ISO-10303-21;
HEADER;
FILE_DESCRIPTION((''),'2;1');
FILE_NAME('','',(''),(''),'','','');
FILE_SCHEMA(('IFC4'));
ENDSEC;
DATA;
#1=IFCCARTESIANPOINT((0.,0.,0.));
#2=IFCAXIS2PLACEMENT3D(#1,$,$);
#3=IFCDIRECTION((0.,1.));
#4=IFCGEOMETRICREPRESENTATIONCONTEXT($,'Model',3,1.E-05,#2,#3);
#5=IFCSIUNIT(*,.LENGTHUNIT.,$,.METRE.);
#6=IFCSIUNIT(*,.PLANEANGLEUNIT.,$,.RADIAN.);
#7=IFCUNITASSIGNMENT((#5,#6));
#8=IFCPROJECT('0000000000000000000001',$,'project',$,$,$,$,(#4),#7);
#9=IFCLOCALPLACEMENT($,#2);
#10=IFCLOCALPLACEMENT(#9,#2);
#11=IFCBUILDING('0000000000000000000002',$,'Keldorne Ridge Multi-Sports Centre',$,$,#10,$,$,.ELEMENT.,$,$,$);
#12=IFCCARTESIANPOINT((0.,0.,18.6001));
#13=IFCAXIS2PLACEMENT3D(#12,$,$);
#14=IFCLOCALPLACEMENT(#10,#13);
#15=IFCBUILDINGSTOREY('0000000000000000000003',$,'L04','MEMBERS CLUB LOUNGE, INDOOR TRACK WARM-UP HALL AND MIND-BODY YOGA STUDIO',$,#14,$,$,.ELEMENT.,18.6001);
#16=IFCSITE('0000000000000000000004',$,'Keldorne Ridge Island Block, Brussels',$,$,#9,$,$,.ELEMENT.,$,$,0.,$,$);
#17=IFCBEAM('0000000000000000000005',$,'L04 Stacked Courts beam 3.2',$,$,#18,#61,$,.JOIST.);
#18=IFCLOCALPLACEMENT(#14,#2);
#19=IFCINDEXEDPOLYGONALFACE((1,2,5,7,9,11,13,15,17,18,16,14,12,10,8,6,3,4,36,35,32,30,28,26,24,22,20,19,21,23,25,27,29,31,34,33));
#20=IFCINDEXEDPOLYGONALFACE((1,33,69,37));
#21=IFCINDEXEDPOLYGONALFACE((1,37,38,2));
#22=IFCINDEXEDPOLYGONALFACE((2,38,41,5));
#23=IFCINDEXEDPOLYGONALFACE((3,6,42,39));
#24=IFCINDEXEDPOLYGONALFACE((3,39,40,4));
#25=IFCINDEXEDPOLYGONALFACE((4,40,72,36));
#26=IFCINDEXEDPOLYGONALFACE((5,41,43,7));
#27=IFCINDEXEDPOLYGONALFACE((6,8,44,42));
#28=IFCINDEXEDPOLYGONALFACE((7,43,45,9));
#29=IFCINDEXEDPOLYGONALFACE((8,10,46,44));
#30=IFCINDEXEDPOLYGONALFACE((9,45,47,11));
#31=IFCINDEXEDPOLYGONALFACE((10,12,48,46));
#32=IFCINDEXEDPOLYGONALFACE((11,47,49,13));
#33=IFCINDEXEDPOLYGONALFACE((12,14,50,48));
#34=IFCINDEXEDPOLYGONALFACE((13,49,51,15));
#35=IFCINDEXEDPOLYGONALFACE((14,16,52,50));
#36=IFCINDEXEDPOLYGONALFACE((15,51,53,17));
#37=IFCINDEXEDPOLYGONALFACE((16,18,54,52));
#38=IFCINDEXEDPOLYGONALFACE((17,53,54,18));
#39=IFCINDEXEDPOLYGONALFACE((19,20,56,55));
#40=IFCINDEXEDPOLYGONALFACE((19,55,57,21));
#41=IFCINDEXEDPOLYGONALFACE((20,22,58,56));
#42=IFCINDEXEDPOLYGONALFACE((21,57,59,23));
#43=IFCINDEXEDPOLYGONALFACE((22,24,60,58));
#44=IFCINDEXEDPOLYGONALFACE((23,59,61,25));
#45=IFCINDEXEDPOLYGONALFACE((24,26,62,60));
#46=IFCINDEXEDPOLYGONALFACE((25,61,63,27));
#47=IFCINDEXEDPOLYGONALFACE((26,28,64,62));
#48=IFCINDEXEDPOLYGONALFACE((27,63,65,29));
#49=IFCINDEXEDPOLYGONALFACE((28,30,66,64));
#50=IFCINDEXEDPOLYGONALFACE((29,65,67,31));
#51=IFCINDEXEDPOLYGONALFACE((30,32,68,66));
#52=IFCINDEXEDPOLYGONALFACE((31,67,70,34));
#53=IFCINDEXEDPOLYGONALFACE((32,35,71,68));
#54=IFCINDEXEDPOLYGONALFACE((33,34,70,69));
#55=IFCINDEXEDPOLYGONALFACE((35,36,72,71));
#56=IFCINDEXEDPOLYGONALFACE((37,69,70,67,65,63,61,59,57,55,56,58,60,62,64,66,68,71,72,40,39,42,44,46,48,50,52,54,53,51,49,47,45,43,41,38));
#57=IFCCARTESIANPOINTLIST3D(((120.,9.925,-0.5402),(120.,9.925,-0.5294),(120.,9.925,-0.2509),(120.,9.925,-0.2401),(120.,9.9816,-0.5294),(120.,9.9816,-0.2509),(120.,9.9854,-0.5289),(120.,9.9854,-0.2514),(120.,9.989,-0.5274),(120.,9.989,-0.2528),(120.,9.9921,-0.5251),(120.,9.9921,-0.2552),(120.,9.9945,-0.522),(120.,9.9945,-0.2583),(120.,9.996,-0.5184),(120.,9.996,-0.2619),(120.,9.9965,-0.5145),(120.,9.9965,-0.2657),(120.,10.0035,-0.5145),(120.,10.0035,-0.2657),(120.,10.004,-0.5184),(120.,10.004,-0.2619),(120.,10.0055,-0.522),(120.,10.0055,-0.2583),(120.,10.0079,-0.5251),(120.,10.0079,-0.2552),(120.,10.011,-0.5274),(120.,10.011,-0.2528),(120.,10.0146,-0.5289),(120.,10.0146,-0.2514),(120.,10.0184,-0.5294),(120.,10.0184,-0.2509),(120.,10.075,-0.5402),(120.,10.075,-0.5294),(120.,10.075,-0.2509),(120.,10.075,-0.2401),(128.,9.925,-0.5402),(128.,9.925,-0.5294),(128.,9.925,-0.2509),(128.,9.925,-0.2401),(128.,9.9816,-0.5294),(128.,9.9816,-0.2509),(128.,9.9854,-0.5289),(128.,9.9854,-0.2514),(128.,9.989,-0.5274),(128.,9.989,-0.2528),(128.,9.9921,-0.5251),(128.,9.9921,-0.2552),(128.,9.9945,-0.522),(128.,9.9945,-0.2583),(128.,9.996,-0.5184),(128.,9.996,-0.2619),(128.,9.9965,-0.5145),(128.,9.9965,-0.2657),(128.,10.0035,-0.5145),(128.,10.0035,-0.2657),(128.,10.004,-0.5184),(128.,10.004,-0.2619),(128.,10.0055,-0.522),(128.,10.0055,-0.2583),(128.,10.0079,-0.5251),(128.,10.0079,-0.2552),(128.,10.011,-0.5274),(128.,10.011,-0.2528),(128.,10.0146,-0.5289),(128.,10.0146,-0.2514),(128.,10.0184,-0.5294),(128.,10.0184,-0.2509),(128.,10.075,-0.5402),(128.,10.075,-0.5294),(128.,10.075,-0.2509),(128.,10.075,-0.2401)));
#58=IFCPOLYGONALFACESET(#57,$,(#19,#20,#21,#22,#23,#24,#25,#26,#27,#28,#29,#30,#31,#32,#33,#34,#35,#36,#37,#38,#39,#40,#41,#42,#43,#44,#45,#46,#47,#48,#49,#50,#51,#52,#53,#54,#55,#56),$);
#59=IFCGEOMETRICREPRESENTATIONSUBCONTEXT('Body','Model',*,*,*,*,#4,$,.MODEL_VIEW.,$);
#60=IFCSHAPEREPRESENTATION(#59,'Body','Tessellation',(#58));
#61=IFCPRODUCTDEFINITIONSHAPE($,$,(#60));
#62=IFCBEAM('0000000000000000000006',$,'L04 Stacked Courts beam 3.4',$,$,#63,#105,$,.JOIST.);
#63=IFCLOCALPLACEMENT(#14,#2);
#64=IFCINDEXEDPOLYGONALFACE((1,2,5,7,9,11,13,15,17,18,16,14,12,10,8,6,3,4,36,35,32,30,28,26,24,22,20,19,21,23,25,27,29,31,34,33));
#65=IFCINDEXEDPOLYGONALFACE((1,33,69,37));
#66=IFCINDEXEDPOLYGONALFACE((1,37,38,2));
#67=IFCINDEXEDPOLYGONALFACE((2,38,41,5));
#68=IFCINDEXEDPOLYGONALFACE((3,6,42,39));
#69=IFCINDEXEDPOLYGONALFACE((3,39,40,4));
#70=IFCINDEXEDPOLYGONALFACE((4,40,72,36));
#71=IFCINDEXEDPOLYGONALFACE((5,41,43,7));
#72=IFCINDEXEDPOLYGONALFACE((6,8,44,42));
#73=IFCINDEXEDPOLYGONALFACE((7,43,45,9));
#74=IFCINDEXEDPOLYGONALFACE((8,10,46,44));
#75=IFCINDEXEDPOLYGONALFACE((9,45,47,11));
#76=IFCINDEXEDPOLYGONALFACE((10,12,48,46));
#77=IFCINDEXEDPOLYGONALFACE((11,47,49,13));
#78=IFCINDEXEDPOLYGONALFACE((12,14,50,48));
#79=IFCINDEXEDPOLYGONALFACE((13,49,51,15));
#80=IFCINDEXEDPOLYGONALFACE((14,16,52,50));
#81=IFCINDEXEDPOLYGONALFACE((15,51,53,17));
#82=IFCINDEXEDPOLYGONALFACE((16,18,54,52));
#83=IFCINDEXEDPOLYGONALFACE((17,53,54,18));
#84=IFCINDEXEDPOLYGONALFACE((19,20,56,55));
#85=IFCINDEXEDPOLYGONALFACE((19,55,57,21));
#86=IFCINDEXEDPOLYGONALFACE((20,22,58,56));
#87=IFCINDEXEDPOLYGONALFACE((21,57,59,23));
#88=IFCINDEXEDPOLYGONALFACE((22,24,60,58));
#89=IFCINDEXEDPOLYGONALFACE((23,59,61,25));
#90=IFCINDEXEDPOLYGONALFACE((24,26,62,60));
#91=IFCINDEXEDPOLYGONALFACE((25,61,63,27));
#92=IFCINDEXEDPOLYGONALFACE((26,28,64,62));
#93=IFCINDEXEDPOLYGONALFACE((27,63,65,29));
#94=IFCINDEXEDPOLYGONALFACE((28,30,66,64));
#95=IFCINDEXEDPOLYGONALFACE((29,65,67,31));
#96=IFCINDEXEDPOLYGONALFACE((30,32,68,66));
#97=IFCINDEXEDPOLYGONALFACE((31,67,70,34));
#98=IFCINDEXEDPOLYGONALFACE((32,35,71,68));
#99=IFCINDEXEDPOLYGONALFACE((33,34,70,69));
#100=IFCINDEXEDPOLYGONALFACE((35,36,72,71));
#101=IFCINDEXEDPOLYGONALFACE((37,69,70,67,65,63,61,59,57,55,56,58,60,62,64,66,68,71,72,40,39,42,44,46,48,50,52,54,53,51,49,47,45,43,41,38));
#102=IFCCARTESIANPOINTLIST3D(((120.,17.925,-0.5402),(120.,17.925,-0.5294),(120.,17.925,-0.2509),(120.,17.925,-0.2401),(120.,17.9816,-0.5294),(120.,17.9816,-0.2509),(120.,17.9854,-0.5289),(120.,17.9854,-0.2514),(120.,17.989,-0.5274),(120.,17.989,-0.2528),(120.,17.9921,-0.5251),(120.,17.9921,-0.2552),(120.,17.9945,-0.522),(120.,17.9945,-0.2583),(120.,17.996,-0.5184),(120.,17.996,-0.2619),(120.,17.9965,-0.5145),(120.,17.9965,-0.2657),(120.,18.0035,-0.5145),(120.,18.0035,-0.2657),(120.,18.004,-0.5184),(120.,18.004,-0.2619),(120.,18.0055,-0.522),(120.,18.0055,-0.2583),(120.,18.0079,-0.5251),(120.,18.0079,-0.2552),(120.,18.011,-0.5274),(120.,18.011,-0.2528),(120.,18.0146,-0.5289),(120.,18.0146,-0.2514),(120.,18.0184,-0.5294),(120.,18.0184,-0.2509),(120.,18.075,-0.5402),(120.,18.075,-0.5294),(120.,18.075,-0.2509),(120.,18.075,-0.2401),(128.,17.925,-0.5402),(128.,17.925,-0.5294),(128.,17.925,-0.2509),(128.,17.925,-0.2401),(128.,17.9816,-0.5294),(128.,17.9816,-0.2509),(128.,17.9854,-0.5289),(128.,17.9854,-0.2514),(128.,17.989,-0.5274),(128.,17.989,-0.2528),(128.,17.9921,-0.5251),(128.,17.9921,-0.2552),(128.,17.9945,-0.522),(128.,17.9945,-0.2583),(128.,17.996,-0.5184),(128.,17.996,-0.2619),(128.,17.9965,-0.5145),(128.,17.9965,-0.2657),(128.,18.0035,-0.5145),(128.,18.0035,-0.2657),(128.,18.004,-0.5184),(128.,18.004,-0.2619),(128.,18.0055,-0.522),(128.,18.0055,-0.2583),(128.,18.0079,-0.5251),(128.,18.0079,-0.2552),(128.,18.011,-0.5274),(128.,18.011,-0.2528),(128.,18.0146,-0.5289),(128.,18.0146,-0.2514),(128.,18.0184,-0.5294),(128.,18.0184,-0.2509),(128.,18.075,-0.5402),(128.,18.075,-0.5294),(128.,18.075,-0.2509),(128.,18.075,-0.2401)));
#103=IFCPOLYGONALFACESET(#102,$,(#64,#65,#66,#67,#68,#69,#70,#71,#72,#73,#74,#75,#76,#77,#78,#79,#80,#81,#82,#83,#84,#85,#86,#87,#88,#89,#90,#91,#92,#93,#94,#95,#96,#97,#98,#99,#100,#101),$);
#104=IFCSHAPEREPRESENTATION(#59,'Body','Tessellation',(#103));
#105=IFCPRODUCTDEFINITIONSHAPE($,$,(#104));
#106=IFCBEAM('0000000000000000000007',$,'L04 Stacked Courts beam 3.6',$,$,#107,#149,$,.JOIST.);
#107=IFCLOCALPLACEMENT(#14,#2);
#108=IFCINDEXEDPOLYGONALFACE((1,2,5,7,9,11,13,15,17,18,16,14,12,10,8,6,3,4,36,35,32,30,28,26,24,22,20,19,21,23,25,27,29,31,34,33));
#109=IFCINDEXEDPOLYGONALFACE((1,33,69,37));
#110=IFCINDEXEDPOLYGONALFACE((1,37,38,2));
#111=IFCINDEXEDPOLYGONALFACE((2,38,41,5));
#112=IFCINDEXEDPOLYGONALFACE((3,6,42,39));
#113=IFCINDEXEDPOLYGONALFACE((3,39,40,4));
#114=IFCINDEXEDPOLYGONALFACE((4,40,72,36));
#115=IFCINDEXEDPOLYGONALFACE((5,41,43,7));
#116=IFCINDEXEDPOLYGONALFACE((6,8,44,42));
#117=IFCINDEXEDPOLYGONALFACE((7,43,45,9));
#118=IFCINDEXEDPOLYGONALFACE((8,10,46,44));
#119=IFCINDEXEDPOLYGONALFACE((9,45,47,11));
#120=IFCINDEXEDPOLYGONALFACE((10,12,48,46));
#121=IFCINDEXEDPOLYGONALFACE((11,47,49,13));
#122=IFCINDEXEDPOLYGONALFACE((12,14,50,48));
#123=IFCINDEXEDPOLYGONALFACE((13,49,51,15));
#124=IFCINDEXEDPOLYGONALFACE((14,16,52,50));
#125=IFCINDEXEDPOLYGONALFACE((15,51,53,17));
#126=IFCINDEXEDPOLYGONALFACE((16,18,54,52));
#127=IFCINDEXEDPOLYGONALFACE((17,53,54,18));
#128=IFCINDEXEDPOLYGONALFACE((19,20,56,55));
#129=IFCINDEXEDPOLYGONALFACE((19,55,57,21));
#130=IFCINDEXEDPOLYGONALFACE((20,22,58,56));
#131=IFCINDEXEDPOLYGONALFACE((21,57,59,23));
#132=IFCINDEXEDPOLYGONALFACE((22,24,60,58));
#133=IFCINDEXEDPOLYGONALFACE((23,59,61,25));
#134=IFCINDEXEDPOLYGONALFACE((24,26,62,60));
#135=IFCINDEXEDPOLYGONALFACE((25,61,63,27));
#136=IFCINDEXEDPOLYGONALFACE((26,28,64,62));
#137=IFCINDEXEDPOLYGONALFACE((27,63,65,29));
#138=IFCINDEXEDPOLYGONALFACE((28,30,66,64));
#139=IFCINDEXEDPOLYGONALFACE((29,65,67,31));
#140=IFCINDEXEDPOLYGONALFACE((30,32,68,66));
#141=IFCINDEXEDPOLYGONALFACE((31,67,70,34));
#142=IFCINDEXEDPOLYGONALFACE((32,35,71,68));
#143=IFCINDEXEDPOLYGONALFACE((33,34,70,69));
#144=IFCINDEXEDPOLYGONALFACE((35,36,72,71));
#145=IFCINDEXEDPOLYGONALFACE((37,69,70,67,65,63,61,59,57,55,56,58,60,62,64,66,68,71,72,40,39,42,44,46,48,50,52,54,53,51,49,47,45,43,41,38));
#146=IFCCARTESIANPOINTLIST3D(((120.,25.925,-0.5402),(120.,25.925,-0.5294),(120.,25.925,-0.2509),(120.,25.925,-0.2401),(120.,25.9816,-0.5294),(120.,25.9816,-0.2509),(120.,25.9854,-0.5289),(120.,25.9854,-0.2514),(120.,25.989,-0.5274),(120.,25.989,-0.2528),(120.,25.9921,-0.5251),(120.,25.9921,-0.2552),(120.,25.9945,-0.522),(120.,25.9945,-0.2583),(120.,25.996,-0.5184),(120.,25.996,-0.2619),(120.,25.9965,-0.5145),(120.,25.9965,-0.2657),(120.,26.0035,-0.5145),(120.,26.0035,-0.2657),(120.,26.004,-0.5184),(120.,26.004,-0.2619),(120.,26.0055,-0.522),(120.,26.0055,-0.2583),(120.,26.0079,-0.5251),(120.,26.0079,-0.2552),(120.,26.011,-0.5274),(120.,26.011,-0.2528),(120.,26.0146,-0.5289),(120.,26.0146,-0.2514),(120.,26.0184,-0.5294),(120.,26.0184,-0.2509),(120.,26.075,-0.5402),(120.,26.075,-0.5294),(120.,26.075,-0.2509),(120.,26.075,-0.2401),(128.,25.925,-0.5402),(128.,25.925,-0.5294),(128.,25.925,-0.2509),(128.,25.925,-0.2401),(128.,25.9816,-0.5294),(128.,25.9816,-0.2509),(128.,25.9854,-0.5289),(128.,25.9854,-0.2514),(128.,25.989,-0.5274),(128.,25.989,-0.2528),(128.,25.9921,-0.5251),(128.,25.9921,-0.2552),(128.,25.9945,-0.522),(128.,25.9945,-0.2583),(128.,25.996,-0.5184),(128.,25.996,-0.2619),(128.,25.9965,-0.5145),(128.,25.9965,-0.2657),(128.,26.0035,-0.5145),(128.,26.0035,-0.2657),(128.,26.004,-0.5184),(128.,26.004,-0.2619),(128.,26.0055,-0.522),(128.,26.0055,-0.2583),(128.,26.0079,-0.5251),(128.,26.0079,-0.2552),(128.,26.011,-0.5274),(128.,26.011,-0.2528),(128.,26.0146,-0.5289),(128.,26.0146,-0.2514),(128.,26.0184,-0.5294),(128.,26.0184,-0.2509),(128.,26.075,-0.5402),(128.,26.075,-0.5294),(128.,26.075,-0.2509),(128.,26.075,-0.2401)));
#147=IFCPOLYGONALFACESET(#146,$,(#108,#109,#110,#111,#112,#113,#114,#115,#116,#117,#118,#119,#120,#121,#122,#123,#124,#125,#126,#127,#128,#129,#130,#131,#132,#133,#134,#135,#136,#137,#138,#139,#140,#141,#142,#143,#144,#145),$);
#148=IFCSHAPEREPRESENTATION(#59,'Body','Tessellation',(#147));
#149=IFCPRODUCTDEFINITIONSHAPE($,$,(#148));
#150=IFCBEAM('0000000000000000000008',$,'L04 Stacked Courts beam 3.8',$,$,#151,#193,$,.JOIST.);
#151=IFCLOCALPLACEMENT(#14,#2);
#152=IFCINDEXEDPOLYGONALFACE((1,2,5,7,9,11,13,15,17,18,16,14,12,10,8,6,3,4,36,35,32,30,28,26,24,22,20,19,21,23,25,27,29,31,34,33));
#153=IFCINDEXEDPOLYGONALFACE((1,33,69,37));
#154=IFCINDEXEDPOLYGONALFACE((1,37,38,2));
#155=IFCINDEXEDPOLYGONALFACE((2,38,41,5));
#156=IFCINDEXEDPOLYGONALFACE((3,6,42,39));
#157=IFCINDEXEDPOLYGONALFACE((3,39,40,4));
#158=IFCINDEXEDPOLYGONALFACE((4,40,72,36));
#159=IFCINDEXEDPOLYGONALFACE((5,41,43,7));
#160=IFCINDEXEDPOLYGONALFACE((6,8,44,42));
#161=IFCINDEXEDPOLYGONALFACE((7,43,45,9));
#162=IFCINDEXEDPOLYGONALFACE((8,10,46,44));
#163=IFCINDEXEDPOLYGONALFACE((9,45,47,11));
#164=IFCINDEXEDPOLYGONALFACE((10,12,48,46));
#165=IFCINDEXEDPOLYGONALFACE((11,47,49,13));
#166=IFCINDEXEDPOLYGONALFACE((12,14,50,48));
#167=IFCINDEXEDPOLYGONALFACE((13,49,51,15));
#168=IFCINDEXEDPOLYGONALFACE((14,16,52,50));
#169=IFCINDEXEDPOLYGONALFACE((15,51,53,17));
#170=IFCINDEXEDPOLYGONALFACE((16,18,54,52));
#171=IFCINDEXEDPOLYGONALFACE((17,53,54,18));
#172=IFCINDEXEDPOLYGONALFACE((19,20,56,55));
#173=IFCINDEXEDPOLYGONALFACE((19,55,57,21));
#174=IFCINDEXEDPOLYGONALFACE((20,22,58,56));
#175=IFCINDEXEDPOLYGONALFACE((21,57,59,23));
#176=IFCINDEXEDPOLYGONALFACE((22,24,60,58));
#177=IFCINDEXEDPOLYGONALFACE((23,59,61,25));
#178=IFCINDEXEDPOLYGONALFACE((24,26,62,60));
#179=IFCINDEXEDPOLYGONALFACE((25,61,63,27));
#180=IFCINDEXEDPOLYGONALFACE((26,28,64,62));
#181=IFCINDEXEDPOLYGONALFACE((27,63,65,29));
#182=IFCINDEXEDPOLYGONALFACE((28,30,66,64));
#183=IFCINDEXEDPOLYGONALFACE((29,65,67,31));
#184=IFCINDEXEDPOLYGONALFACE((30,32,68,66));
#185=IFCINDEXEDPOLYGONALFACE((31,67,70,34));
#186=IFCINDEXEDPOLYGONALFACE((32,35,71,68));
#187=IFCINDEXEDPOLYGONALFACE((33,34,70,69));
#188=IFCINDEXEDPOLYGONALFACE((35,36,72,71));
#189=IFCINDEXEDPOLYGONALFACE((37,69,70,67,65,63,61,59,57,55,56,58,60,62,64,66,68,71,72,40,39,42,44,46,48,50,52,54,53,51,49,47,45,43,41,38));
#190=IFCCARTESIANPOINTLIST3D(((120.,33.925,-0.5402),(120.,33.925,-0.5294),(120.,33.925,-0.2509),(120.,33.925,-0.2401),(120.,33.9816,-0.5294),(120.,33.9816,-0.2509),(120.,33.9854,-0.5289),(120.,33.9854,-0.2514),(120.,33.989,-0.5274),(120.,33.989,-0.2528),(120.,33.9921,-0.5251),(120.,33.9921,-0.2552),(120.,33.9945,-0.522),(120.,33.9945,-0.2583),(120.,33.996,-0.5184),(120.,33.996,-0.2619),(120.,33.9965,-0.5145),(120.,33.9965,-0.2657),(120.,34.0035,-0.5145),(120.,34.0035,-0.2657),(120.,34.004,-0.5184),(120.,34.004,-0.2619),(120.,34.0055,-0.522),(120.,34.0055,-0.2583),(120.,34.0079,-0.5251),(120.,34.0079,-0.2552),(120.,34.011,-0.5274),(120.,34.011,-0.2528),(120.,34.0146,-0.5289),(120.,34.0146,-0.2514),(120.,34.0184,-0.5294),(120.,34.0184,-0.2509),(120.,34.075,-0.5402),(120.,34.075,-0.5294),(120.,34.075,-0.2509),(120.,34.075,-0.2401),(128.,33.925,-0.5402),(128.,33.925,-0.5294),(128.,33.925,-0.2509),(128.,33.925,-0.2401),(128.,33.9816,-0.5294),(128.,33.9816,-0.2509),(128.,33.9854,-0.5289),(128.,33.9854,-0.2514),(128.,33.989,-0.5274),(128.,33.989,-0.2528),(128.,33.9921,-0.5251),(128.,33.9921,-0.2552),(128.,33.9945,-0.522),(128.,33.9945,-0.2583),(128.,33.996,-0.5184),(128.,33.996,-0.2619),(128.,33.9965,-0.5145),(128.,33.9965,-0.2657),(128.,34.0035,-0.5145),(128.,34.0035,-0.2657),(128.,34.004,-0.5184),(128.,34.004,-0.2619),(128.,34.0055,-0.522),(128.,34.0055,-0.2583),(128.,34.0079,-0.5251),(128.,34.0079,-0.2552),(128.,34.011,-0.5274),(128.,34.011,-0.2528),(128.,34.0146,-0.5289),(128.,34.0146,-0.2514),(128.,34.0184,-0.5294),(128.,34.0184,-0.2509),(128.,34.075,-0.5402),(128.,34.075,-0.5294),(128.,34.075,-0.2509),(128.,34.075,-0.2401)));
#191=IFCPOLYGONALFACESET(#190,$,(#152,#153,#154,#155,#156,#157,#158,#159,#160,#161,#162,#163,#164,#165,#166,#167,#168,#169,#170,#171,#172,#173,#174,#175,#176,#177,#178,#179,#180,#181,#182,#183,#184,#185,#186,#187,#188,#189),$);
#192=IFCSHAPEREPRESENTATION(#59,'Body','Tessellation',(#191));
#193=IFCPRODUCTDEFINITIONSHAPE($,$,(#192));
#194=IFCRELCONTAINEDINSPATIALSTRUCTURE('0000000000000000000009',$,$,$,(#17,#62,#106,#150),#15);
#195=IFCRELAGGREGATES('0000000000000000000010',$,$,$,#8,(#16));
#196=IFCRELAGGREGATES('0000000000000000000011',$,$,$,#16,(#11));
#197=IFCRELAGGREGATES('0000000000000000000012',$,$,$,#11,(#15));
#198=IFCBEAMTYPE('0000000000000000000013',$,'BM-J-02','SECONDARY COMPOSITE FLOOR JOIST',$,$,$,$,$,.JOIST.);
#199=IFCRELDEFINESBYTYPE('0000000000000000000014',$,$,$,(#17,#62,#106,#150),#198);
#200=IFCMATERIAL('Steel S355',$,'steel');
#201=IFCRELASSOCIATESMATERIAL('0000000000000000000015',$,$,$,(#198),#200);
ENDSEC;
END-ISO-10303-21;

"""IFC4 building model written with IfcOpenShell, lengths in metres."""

from ifc_helpers import new_model, si_unit, direction, frame, origin, origin_2d, place, context, subcontext, project, spatial, i_section, extrude, material, material_profile, profile_set, type_object, element, save


model = new_model("IFC4")

# Units and contexts
model_context = context("Model", 3, precision=1e-05, world=origin(), true_north=direction((0.0, 1.0)))
body_context = subcontext(model_context, "Body", "Model", "MODEL_VIEW")
ifc_project = project(units=[si_unit("LENGTHUNIT", "METRE"), si_unit("PLANEANGLEUNIT", "RADIAN")], contexts=[model_context])

# Site, building, storey
site_placement = place(None, origin())
site = spatial("IfcSite", under=ifc_project, at=site_placement, Name="Keldorne Ridge Island Block, Brussels", CompositionType="ELEMENT", RefElevation=0.0)
building_placement = place(site_placement, origin())
building = spatial("IfcBuilding", under=site, at=building_placement, Name="Keldorne Ridge Multi-Sports Centre", CompositionType="ELEMENT")
storey_placement = place(building_placement, frame((0.0, 0.0, 18.6001)))
storey = spatial("IfcBuildingStorey", under=building, at=storey_placement, Name="L04", Description="MEMBERS CLUB LOUNGE, INDOOR TRACK WARM-UP HALL AND MIND-BODY YOGA STUDIO", CompositionType="ELEMENT", Elevation=18.6001)

# Shared definitions
ifc_material_1 = material(Name="Steel S355", Category="steel")

# Beams
ifc_material_profile_1 = material_profile(ifc_material_1, i_section(OverallWidth=0.1499, OverallDepth=0.3, WebThickness=0.0071, FlangeThickness=0.0107, FilletRadius=0.0149, at=origin_2d()), Name="IPE 300")
ifc_profile_set_1 = profile_set([ifc_material_profile_1], Name="Steel S355")
beam_type_1 = type_object("IfcBeamType", Name="BM-J-02", Description="SECONDARY COMPOSITE FLOOR JOIST", PredefinedType="JOIST", material=ifc_profile_set_1)
for number, where, z_axis, x_axis, name in (
    (1, (120.0, 10.0, -0.3901), (1.0, 0.0, 0.0), (0.0, 1.0, 0.0), "L04 Stacked Courts beam 3.2"),
    (2, (120.0, 18.0, -0.3901), (1.0, 0.0, 0.0), (0.0, 1.0, 0.0), "L04 Stacked Courts beam 3.4"),
    (3, (120.0, 26.0, -0.3901), (1.0, 0.0, 0.0), (0.0, 1.0, 0.0), "L04 Stacked Courts beam 3.6"),
    (4, (120.0, 34.0, -0.3901), (1.0, 0.0, 0.0), (0.0, 1.0, 0.0), "L04 Stacked Courts beam 3.8"),
):
    element("IfcBeam", number, at=place(storey_placement, frame(where, z_axis=z_axis, x_axis=x_axis)), inside=storey, type_object=beam_type_1, Name=name, PredefinedType="JOIST", context=body_context, shape_type="SweptSolid", body=[
        extrude(i_section(OverallWidth=0.1499, OverallDepth=0.3, WebThickness=0.0071, FlangeThickness=0.0107, FilletRadius=0.0149, at=origin_2d()), origin(), (0.0, 0.0, 1.0), 8.0),
    ])

save(model, "model.ifc")
